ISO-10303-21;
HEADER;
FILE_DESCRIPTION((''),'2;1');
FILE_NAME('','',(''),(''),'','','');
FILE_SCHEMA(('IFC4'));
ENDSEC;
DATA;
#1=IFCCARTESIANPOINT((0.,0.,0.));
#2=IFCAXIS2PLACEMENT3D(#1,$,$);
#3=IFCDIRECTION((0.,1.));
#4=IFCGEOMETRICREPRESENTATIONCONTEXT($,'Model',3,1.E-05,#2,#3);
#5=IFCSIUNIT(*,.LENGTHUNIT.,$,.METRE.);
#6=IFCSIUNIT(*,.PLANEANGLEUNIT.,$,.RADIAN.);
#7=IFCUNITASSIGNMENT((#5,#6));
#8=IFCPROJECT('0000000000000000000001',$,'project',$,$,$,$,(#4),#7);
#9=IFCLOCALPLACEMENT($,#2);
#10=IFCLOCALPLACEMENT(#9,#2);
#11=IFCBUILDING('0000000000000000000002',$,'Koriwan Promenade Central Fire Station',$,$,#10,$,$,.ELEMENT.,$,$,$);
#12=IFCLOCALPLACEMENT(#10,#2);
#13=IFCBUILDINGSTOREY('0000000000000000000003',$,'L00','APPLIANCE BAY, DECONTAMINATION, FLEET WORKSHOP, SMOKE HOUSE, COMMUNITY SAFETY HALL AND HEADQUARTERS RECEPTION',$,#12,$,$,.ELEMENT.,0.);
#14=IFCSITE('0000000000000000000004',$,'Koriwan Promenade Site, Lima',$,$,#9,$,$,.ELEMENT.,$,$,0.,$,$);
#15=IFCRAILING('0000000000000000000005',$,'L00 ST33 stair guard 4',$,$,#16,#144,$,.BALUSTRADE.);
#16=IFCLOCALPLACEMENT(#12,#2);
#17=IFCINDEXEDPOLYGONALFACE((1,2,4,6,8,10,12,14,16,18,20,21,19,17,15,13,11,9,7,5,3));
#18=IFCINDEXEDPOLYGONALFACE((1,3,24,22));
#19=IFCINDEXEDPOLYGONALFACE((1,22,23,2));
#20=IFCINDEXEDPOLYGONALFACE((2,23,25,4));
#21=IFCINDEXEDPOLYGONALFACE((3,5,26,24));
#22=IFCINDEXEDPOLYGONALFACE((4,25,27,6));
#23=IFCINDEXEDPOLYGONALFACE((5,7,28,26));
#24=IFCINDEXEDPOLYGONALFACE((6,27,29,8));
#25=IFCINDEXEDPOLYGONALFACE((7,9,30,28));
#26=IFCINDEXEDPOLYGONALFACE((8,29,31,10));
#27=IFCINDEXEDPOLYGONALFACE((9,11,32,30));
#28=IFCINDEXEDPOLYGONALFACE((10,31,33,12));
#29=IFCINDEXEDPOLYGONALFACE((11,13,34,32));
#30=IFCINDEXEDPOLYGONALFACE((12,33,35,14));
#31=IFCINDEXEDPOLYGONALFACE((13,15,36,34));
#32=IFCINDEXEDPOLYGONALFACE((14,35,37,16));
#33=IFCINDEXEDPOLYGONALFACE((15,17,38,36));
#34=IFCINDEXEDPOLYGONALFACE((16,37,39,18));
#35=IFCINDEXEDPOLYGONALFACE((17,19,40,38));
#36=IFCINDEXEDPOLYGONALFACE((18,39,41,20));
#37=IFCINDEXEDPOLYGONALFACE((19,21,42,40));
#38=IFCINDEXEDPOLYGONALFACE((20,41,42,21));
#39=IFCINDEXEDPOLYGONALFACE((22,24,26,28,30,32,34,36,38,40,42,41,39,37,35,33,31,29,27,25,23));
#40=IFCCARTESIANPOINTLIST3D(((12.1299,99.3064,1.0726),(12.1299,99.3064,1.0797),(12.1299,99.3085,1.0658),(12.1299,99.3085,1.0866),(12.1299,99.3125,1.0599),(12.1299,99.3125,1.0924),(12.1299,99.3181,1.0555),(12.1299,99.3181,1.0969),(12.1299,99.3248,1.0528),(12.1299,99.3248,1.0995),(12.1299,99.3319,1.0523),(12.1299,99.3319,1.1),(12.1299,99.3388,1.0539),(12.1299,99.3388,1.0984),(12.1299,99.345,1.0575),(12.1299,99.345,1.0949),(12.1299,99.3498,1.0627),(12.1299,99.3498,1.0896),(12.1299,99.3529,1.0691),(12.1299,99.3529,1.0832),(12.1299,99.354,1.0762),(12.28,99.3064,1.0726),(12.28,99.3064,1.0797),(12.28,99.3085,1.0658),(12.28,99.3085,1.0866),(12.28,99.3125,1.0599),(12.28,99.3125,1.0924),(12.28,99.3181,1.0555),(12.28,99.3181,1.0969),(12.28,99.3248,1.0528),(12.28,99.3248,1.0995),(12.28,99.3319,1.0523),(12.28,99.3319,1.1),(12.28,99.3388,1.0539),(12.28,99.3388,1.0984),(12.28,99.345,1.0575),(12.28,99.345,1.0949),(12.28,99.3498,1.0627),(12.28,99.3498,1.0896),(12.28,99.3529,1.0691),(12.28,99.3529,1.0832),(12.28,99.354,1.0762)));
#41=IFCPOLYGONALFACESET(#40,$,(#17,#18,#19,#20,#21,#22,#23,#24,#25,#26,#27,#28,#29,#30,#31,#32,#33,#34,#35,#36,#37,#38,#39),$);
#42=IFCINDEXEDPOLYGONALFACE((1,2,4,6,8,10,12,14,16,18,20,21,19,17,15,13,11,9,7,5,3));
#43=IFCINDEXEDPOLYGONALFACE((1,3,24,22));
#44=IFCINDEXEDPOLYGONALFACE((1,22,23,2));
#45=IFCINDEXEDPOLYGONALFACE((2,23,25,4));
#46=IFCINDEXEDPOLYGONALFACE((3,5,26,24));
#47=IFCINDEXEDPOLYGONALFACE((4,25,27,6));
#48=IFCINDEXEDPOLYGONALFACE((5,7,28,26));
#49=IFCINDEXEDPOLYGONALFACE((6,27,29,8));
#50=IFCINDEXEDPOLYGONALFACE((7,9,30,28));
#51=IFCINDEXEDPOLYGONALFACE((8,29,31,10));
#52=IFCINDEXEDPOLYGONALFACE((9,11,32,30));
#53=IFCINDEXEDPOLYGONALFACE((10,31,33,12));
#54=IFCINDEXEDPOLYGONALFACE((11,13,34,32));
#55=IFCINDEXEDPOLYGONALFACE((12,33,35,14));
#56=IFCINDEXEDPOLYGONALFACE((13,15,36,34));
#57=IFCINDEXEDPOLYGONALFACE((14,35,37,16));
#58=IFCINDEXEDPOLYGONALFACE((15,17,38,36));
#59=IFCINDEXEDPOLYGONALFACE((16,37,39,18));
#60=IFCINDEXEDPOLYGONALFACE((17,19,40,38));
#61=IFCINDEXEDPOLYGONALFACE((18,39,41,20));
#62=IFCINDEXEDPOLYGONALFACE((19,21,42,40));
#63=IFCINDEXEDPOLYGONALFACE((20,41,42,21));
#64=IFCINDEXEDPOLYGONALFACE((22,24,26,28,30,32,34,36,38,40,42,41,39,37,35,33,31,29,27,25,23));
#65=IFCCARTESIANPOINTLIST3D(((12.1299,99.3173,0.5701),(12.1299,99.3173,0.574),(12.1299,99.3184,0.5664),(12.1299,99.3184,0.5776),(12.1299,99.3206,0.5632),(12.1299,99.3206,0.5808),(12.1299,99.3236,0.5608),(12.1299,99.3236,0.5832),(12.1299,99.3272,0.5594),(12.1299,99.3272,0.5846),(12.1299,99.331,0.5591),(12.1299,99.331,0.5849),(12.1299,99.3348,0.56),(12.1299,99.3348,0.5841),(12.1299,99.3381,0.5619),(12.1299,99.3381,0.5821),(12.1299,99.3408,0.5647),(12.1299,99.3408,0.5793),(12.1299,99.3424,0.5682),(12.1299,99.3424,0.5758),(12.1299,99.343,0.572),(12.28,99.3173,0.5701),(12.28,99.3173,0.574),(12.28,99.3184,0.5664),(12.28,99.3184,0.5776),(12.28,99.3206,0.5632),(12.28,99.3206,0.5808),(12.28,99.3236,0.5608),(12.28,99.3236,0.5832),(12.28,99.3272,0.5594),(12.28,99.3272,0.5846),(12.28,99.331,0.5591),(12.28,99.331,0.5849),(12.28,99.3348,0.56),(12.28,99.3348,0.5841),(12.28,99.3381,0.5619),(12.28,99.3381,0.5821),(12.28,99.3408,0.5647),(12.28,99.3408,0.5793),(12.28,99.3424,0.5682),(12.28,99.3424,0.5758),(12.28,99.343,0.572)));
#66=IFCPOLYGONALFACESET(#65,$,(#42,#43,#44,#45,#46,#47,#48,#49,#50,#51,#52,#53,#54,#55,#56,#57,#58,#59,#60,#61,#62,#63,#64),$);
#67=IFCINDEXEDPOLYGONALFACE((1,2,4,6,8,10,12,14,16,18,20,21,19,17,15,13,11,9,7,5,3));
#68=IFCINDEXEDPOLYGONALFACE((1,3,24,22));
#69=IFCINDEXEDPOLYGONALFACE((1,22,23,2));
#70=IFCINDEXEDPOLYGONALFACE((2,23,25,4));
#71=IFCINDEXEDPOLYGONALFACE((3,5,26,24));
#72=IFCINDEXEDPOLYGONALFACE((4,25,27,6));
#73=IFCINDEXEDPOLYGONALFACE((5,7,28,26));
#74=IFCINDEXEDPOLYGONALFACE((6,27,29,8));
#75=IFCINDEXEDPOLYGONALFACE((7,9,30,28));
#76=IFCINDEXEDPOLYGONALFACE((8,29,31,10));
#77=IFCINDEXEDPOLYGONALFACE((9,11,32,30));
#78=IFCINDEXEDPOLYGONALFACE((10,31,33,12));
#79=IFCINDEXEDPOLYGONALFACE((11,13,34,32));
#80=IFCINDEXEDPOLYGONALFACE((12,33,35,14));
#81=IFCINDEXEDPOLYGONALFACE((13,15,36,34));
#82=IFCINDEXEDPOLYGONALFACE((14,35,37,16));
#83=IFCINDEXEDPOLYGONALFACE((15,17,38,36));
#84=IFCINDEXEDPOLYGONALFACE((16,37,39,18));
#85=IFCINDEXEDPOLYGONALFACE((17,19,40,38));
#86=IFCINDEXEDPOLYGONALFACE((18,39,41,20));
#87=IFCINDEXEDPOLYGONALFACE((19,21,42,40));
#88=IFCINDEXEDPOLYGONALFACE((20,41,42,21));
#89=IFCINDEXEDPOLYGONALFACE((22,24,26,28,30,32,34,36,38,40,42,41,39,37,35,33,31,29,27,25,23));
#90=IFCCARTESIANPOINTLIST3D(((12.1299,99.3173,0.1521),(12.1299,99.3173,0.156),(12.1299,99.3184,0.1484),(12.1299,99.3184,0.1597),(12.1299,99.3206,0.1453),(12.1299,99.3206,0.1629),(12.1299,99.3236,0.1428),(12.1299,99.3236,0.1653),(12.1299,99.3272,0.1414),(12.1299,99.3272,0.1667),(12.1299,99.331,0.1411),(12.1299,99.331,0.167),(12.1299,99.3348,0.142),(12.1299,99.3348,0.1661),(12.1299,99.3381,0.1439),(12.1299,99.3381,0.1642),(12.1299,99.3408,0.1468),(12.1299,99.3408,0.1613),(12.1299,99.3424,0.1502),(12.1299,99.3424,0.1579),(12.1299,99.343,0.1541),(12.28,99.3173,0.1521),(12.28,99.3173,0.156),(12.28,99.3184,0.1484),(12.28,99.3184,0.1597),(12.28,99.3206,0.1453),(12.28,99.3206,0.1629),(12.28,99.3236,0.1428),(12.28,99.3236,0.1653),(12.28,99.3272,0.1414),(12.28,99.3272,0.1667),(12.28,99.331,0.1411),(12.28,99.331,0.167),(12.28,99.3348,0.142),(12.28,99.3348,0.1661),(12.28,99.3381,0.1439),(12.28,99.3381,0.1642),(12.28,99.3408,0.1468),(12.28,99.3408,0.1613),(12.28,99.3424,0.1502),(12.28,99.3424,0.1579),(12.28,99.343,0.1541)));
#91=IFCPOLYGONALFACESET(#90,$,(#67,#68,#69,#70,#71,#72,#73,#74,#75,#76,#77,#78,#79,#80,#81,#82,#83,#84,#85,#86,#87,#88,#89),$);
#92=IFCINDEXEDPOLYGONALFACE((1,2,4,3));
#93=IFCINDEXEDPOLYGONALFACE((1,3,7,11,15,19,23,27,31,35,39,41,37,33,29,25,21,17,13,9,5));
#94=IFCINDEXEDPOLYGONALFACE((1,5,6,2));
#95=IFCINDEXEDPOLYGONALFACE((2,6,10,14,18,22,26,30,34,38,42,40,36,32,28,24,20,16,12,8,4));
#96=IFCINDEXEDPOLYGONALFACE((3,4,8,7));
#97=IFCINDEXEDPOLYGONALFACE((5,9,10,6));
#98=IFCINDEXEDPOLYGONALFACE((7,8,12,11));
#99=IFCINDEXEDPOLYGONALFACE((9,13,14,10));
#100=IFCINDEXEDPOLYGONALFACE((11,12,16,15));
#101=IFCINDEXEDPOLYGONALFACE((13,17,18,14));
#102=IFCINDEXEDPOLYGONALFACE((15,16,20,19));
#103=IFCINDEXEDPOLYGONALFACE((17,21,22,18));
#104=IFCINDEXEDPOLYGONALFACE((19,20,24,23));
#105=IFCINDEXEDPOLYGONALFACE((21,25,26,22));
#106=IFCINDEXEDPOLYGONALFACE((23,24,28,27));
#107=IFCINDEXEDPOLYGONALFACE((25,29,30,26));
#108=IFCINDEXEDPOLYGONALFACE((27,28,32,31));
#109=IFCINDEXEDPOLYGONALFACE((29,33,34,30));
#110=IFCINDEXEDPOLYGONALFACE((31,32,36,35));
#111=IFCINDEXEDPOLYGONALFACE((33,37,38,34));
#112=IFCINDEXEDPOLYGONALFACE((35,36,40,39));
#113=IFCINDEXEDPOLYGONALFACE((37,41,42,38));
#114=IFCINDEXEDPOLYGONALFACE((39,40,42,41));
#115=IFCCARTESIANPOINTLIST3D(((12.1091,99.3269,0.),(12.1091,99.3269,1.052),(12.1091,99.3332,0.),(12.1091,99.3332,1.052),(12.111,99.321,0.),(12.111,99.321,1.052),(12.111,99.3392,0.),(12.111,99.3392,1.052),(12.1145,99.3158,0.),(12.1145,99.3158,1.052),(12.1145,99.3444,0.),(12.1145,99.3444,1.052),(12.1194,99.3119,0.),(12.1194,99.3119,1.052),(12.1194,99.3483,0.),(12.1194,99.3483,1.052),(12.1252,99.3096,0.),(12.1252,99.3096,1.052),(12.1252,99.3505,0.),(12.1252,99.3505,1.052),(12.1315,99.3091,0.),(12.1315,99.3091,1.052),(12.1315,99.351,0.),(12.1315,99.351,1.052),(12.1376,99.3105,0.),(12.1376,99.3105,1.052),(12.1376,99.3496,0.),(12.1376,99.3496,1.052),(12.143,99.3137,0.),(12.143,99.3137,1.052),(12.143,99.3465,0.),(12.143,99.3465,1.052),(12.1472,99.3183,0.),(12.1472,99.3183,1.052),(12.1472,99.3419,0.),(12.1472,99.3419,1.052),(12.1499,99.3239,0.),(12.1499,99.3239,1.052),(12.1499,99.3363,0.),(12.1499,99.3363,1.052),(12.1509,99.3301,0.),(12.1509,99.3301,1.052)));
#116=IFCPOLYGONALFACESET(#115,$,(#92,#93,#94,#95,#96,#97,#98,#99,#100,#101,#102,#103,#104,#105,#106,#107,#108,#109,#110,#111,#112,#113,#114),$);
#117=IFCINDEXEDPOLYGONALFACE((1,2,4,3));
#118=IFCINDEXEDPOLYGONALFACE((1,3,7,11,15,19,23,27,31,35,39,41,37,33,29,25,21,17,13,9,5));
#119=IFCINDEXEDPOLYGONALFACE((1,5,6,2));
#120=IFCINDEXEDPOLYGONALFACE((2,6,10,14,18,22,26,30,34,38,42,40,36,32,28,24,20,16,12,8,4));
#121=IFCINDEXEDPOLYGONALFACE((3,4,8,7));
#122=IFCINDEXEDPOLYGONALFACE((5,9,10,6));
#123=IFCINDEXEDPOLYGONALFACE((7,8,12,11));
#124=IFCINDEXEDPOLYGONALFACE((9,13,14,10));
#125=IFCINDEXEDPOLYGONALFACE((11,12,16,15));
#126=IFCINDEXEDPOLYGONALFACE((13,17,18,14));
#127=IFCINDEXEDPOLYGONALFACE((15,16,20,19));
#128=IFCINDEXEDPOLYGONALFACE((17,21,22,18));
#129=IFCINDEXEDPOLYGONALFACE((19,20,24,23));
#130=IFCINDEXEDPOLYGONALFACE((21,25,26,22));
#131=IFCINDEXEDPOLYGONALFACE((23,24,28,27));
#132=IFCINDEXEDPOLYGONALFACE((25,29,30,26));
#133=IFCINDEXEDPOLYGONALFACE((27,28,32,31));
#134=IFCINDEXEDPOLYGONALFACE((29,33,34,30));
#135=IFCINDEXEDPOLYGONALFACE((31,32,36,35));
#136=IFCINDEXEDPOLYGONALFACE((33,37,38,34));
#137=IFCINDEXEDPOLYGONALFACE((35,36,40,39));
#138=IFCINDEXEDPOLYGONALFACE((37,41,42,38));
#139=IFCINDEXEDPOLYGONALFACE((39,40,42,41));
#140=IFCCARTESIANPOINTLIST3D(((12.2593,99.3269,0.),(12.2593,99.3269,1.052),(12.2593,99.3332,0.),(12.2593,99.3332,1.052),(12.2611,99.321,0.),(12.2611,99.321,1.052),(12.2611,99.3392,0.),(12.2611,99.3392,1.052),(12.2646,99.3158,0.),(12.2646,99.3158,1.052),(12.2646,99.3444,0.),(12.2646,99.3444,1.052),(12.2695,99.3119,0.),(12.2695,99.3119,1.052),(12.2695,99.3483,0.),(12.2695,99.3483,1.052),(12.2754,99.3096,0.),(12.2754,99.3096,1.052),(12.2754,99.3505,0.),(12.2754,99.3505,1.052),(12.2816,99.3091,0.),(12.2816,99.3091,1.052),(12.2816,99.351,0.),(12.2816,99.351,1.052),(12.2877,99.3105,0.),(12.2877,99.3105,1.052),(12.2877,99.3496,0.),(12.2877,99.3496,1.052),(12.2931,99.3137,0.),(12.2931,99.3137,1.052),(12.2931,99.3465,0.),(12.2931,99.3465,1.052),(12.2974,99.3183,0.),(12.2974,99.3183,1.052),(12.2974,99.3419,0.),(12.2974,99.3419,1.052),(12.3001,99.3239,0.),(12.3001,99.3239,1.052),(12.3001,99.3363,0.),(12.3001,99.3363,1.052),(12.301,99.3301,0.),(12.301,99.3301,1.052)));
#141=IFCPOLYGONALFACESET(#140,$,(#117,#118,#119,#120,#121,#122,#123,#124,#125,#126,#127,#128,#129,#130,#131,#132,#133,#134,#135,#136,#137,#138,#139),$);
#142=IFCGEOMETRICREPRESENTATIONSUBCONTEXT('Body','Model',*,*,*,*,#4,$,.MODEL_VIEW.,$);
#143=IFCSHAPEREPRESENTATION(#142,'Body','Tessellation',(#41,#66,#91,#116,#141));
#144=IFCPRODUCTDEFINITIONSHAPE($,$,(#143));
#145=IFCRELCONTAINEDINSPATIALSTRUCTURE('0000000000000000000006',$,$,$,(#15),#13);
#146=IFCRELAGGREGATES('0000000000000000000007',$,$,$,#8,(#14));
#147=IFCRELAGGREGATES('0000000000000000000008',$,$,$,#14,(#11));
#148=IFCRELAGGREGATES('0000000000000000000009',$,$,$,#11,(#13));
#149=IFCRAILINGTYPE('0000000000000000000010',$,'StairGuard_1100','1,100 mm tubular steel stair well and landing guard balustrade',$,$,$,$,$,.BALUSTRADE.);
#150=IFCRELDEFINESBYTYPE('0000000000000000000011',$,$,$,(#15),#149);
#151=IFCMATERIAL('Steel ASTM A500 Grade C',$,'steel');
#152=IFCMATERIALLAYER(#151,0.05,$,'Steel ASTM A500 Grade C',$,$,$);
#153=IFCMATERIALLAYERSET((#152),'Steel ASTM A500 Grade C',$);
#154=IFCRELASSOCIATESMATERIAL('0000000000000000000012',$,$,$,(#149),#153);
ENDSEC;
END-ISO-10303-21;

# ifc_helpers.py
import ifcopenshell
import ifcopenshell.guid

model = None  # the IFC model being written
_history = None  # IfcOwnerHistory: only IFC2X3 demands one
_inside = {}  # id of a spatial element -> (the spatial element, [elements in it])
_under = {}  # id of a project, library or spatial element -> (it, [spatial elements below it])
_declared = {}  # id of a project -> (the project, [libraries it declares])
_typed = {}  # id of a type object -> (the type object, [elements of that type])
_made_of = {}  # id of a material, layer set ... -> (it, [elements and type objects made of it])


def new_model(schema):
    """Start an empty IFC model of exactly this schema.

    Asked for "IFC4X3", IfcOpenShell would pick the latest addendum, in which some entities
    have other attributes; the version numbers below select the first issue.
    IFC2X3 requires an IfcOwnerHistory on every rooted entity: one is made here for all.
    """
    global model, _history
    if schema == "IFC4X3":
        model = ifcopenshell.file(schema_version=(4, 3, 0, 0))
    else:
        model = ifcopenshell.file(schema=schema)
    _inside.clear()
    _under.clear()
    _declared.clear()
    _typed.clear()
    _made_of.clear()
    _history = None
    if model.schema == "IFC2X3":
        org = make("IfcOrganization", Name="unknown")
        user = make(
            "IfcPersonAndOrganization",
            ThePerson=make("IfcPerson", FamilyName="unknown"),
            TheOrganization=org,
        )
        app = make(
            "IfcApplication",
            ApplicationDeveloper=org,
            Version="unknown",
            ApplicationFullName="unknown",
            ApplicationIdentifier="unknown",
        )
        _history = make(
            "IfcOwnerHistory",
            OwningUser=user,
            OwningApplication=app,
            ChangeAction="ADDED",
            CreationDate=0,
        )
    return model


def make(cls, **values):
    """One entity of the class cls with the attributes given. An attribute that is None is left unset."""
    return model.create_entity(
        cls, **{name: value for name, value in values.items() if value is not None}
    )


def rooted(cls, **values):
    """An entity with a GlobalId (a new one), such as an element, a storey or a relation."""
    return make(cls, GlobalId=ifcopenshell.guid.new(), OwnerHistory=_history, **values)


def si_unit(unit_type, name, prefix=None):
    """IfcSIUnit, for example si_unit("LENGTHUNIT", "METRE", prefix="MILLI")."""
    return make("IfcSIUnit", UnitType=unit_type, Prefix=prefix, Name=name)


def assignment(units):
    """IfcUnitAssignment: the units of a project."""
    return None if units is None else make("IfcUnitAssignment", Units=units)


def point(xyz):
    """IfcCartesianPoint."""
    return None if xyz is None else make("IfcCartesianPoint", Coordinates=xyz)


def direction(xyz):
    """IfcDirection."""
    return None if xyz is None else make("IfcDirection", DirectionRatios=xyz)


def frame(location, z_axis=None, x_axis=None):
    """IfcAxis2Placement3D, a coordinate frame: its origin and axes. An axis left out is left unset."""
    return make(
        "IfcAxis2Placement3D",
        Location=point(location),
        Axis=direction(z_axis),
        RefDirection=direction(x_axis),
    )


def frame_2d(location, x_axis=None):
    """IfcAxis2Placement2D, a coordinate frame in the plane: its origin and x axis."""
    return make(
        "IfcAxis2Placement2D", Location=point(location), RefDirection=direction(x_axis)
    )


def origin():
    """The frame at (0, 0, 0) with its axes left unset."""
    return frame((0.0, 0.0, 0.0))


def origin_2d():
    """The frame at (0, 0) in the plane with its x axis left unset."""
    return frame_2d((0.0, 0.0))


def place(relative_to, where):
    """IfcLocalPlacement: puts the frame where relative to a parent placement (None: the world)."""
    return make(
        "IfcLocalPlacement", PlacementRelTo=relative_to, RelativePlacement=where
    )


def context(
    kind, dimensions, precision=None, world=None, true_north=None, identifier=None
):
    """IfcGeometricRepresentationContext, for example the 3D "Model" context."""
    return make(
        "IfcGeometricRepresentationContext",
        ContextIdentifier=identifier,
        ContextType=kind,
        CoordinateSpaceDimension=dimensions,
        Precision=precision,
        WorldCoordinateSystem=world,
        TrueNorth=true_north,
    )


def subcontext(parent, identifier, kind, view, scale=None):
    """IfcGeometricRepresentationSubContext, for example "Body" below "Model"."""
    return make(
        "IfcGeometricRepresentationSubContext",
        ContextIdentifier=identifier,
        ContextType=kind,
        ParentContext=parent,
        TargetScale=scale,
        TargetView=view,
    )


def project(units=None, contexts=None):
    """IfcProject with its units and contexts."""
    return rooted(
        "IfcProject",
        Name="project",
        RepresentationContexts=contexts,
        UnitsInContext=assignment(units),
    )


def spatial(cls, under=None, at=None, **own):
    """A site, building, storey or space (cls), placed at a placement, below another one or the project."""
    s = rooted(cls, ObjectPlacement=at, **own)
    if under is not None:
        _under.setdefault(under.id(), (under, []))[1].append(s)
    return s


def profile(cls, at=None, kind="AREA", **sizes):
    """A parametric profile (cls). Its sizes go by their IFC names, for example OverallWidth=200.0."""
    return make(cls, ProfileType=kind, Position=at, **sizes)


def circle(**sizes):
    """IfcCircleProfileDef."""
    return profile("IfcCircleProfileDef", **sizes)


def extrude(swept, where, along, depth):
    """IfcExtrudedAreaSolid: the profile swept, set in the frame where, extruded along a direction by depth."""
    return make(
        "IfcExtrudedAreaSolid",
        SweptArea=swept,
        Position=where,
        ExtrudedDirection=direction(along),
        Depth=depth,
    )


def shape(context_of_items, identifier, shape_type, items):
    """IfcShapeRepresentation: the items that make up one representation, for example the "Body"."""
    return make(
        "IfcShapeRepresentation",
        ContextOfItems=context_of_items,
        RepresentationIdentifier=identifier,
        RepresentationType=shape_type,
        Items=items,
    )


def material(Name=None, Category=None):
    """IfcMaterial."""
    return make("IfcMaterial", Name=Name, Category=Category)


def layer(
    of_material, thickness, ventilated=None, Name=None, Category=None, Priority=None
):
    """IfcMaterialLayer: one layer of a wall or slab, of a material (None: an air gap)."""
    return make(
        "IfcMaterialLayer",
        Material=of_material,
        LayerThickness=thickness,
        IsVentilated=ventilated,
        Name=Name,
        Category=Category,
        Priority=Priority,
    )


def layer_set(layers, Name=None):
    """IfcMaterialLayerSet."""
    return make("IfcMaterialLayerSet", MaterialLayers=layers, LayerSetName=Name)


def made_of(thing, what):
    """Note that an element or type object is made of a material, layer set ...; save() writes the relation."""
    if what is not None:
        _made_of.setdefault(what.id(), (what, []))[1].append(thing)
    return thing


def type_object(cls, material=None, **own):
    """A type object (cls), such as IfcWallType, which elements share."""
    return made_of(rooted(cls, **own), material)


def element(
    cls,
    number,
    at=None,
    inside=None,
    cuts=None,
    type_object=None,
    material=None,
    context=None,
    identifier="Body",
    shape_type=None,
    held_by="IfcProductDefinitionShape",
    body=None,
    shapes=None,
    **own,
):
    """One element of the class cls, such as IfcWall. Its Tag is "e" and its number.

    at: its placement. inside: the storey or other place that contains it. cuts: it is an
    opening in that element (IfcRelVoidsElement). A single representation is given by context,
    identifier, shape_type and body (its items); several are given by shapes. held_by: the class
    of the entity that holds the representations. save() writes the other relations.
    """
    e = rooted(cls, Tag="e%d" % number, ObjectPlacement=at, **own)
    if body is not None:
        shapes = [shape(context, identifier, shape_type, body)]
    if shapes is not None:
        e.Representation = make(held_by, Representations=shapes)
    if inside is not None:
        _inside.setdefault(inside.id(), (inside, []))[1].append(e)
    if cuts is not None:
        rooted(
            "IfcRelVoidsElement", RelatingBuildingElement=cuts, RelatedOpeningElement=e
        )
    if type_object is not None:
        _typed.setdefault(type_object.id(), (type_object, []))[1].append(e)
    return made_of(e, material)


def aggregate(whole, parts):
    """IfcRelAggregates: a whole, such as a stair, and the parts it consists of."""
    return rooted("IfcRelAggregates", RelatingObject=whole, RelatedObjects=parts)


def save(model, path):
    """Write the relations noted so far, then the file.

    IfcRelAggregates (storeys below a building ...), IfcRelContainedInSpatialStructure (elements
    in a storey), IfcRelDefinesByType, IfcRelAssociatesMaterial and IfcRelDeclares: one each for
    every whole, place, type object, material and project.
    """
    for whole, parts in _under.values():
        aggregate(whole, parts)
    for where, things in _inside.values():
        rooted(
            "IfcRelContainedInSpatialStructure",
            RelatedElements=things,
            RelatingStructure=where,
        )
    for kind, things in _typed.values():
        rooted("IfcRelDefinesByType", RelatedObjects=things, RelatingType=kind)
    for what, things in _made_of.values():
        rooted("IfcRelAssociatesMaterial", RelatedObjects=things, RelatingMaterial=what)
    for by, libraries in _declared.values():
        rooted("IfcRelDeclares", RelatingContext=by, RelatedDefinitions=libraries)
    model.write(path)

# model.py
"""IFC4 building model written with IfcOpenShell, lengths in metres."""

from ifc_helpers import new_model, si_unit, direction, frame, origin, origin_2d, place, context, subcontext, project, spatial, circle, extrude, material, layer, layer_set, type_object, element, save


model = new_model("IFC4")

# Units and contexts
model_context = context("Model", 3, precision=1e-05, world=origin(), true_north=direction((0.0, 1.0)))
body_context = subcontext(model_context, "Body", "Model", "MODEL_VIEW")
ifc_project = project(units=[si_unit("LENGTHUNIT", "METRE"), si_unit("PLANEANGLEUNIT", "RADIAN")], contexts=[model_context])

# Site, building, storey
site_placement = place(None, origin())
site = spatial("IfcSite", under=ifc_project, at=site_placement, Name="Koriwan Promenade Site, Lima", CompositionType="ELEMENT", RefElevation=0.0)
building_placement = place(site_placement, origin())
building = spatial("IfcBuilding", under=site, at=building_placement, Name="Koriwan Promenade Central Fire Station", CompositionType="ELEMENT")
storey_placement = place(building_placement, origin())
storey = spatial("IfcBuildingStorey", under=building, at=storey_placement, Name="L00", Description="APPLIANCE BAY, DECONTAMINATION, FLEET WORKSHOP, SMOKE HOUSE, COMMUNITY SAFETY HALL AND HEADQUARTERS RECEPTION", CompositionType="ELEMENT", Elevation=0.0)

# Railing
ifc_material_1 = material(Name="Steel ASTM A500 Grade C", Category="steel")
ifc_layer_1 = layer(ifc_material_1, 0.05, Name="Steel ASTM A500 Grade C")
ifc_layer_set_1 = layer_set([ifc_layer_1], Name="Steel ASTM A500 Grade C")
railing_type = type_object("IfcRailingType", Name="StairGuard_1100", Description="1,100 mm tubular steel stair well and landing guard balustrade", PredefinedType="BALUSTRADE", material=ifc_layer_set_1)
railing_1_placement = place(storey_placement, frame((12.1299, 99.3301, 0.0)))
element("IfcRailing", 1, at=railing_1_placement, inside=storey, type_object=railing_type, Name="L00 ST33 stair guard 4", PredefinedType="BALUSTRADE", context=body_context, shape_type="SweptSolid", body=[
    extrude(circle(Radius=0.0239, at=origin_2d()), frame((0.0, 0.0, 1.0762), z_axis=(1.0, 0.0, 0.0), x_axis=(0.0, 1.0, 0.0)), (0.0, 0.0, 1.0), 0.1501),
    extrude(circle(Radius=0.0129, at=origin_2d()), frame((0.0, 0.0, 0.572), z_axis=(1.0, 0.0, 0.0), x_axis=(0.0, 1.0, 0.0)), (0.0, 0.0, 1.0), 0.1501),
    extrude(circle(Radius=0.0129, at=origin_2d()), frame((0.0, 0.0, 0.1541), z_axis=(1.0, 0.0, 0.0), x_axis=(0.0, 1.0, 0.0)), (0.0, 0.0, 1.0), 0.1501),
    extrude(circle(Radius=0.021, at=origin_2d()), origin(), (0.0, 0.0, 1.0), 1.052),
    extrude(circle(Radius=0.021, at=origin_2d()), frame((0.1501, 0.0, 0.0)), (0.0, 0.0, 1.0), 1.052),
])

save(model, "model.ifc")
